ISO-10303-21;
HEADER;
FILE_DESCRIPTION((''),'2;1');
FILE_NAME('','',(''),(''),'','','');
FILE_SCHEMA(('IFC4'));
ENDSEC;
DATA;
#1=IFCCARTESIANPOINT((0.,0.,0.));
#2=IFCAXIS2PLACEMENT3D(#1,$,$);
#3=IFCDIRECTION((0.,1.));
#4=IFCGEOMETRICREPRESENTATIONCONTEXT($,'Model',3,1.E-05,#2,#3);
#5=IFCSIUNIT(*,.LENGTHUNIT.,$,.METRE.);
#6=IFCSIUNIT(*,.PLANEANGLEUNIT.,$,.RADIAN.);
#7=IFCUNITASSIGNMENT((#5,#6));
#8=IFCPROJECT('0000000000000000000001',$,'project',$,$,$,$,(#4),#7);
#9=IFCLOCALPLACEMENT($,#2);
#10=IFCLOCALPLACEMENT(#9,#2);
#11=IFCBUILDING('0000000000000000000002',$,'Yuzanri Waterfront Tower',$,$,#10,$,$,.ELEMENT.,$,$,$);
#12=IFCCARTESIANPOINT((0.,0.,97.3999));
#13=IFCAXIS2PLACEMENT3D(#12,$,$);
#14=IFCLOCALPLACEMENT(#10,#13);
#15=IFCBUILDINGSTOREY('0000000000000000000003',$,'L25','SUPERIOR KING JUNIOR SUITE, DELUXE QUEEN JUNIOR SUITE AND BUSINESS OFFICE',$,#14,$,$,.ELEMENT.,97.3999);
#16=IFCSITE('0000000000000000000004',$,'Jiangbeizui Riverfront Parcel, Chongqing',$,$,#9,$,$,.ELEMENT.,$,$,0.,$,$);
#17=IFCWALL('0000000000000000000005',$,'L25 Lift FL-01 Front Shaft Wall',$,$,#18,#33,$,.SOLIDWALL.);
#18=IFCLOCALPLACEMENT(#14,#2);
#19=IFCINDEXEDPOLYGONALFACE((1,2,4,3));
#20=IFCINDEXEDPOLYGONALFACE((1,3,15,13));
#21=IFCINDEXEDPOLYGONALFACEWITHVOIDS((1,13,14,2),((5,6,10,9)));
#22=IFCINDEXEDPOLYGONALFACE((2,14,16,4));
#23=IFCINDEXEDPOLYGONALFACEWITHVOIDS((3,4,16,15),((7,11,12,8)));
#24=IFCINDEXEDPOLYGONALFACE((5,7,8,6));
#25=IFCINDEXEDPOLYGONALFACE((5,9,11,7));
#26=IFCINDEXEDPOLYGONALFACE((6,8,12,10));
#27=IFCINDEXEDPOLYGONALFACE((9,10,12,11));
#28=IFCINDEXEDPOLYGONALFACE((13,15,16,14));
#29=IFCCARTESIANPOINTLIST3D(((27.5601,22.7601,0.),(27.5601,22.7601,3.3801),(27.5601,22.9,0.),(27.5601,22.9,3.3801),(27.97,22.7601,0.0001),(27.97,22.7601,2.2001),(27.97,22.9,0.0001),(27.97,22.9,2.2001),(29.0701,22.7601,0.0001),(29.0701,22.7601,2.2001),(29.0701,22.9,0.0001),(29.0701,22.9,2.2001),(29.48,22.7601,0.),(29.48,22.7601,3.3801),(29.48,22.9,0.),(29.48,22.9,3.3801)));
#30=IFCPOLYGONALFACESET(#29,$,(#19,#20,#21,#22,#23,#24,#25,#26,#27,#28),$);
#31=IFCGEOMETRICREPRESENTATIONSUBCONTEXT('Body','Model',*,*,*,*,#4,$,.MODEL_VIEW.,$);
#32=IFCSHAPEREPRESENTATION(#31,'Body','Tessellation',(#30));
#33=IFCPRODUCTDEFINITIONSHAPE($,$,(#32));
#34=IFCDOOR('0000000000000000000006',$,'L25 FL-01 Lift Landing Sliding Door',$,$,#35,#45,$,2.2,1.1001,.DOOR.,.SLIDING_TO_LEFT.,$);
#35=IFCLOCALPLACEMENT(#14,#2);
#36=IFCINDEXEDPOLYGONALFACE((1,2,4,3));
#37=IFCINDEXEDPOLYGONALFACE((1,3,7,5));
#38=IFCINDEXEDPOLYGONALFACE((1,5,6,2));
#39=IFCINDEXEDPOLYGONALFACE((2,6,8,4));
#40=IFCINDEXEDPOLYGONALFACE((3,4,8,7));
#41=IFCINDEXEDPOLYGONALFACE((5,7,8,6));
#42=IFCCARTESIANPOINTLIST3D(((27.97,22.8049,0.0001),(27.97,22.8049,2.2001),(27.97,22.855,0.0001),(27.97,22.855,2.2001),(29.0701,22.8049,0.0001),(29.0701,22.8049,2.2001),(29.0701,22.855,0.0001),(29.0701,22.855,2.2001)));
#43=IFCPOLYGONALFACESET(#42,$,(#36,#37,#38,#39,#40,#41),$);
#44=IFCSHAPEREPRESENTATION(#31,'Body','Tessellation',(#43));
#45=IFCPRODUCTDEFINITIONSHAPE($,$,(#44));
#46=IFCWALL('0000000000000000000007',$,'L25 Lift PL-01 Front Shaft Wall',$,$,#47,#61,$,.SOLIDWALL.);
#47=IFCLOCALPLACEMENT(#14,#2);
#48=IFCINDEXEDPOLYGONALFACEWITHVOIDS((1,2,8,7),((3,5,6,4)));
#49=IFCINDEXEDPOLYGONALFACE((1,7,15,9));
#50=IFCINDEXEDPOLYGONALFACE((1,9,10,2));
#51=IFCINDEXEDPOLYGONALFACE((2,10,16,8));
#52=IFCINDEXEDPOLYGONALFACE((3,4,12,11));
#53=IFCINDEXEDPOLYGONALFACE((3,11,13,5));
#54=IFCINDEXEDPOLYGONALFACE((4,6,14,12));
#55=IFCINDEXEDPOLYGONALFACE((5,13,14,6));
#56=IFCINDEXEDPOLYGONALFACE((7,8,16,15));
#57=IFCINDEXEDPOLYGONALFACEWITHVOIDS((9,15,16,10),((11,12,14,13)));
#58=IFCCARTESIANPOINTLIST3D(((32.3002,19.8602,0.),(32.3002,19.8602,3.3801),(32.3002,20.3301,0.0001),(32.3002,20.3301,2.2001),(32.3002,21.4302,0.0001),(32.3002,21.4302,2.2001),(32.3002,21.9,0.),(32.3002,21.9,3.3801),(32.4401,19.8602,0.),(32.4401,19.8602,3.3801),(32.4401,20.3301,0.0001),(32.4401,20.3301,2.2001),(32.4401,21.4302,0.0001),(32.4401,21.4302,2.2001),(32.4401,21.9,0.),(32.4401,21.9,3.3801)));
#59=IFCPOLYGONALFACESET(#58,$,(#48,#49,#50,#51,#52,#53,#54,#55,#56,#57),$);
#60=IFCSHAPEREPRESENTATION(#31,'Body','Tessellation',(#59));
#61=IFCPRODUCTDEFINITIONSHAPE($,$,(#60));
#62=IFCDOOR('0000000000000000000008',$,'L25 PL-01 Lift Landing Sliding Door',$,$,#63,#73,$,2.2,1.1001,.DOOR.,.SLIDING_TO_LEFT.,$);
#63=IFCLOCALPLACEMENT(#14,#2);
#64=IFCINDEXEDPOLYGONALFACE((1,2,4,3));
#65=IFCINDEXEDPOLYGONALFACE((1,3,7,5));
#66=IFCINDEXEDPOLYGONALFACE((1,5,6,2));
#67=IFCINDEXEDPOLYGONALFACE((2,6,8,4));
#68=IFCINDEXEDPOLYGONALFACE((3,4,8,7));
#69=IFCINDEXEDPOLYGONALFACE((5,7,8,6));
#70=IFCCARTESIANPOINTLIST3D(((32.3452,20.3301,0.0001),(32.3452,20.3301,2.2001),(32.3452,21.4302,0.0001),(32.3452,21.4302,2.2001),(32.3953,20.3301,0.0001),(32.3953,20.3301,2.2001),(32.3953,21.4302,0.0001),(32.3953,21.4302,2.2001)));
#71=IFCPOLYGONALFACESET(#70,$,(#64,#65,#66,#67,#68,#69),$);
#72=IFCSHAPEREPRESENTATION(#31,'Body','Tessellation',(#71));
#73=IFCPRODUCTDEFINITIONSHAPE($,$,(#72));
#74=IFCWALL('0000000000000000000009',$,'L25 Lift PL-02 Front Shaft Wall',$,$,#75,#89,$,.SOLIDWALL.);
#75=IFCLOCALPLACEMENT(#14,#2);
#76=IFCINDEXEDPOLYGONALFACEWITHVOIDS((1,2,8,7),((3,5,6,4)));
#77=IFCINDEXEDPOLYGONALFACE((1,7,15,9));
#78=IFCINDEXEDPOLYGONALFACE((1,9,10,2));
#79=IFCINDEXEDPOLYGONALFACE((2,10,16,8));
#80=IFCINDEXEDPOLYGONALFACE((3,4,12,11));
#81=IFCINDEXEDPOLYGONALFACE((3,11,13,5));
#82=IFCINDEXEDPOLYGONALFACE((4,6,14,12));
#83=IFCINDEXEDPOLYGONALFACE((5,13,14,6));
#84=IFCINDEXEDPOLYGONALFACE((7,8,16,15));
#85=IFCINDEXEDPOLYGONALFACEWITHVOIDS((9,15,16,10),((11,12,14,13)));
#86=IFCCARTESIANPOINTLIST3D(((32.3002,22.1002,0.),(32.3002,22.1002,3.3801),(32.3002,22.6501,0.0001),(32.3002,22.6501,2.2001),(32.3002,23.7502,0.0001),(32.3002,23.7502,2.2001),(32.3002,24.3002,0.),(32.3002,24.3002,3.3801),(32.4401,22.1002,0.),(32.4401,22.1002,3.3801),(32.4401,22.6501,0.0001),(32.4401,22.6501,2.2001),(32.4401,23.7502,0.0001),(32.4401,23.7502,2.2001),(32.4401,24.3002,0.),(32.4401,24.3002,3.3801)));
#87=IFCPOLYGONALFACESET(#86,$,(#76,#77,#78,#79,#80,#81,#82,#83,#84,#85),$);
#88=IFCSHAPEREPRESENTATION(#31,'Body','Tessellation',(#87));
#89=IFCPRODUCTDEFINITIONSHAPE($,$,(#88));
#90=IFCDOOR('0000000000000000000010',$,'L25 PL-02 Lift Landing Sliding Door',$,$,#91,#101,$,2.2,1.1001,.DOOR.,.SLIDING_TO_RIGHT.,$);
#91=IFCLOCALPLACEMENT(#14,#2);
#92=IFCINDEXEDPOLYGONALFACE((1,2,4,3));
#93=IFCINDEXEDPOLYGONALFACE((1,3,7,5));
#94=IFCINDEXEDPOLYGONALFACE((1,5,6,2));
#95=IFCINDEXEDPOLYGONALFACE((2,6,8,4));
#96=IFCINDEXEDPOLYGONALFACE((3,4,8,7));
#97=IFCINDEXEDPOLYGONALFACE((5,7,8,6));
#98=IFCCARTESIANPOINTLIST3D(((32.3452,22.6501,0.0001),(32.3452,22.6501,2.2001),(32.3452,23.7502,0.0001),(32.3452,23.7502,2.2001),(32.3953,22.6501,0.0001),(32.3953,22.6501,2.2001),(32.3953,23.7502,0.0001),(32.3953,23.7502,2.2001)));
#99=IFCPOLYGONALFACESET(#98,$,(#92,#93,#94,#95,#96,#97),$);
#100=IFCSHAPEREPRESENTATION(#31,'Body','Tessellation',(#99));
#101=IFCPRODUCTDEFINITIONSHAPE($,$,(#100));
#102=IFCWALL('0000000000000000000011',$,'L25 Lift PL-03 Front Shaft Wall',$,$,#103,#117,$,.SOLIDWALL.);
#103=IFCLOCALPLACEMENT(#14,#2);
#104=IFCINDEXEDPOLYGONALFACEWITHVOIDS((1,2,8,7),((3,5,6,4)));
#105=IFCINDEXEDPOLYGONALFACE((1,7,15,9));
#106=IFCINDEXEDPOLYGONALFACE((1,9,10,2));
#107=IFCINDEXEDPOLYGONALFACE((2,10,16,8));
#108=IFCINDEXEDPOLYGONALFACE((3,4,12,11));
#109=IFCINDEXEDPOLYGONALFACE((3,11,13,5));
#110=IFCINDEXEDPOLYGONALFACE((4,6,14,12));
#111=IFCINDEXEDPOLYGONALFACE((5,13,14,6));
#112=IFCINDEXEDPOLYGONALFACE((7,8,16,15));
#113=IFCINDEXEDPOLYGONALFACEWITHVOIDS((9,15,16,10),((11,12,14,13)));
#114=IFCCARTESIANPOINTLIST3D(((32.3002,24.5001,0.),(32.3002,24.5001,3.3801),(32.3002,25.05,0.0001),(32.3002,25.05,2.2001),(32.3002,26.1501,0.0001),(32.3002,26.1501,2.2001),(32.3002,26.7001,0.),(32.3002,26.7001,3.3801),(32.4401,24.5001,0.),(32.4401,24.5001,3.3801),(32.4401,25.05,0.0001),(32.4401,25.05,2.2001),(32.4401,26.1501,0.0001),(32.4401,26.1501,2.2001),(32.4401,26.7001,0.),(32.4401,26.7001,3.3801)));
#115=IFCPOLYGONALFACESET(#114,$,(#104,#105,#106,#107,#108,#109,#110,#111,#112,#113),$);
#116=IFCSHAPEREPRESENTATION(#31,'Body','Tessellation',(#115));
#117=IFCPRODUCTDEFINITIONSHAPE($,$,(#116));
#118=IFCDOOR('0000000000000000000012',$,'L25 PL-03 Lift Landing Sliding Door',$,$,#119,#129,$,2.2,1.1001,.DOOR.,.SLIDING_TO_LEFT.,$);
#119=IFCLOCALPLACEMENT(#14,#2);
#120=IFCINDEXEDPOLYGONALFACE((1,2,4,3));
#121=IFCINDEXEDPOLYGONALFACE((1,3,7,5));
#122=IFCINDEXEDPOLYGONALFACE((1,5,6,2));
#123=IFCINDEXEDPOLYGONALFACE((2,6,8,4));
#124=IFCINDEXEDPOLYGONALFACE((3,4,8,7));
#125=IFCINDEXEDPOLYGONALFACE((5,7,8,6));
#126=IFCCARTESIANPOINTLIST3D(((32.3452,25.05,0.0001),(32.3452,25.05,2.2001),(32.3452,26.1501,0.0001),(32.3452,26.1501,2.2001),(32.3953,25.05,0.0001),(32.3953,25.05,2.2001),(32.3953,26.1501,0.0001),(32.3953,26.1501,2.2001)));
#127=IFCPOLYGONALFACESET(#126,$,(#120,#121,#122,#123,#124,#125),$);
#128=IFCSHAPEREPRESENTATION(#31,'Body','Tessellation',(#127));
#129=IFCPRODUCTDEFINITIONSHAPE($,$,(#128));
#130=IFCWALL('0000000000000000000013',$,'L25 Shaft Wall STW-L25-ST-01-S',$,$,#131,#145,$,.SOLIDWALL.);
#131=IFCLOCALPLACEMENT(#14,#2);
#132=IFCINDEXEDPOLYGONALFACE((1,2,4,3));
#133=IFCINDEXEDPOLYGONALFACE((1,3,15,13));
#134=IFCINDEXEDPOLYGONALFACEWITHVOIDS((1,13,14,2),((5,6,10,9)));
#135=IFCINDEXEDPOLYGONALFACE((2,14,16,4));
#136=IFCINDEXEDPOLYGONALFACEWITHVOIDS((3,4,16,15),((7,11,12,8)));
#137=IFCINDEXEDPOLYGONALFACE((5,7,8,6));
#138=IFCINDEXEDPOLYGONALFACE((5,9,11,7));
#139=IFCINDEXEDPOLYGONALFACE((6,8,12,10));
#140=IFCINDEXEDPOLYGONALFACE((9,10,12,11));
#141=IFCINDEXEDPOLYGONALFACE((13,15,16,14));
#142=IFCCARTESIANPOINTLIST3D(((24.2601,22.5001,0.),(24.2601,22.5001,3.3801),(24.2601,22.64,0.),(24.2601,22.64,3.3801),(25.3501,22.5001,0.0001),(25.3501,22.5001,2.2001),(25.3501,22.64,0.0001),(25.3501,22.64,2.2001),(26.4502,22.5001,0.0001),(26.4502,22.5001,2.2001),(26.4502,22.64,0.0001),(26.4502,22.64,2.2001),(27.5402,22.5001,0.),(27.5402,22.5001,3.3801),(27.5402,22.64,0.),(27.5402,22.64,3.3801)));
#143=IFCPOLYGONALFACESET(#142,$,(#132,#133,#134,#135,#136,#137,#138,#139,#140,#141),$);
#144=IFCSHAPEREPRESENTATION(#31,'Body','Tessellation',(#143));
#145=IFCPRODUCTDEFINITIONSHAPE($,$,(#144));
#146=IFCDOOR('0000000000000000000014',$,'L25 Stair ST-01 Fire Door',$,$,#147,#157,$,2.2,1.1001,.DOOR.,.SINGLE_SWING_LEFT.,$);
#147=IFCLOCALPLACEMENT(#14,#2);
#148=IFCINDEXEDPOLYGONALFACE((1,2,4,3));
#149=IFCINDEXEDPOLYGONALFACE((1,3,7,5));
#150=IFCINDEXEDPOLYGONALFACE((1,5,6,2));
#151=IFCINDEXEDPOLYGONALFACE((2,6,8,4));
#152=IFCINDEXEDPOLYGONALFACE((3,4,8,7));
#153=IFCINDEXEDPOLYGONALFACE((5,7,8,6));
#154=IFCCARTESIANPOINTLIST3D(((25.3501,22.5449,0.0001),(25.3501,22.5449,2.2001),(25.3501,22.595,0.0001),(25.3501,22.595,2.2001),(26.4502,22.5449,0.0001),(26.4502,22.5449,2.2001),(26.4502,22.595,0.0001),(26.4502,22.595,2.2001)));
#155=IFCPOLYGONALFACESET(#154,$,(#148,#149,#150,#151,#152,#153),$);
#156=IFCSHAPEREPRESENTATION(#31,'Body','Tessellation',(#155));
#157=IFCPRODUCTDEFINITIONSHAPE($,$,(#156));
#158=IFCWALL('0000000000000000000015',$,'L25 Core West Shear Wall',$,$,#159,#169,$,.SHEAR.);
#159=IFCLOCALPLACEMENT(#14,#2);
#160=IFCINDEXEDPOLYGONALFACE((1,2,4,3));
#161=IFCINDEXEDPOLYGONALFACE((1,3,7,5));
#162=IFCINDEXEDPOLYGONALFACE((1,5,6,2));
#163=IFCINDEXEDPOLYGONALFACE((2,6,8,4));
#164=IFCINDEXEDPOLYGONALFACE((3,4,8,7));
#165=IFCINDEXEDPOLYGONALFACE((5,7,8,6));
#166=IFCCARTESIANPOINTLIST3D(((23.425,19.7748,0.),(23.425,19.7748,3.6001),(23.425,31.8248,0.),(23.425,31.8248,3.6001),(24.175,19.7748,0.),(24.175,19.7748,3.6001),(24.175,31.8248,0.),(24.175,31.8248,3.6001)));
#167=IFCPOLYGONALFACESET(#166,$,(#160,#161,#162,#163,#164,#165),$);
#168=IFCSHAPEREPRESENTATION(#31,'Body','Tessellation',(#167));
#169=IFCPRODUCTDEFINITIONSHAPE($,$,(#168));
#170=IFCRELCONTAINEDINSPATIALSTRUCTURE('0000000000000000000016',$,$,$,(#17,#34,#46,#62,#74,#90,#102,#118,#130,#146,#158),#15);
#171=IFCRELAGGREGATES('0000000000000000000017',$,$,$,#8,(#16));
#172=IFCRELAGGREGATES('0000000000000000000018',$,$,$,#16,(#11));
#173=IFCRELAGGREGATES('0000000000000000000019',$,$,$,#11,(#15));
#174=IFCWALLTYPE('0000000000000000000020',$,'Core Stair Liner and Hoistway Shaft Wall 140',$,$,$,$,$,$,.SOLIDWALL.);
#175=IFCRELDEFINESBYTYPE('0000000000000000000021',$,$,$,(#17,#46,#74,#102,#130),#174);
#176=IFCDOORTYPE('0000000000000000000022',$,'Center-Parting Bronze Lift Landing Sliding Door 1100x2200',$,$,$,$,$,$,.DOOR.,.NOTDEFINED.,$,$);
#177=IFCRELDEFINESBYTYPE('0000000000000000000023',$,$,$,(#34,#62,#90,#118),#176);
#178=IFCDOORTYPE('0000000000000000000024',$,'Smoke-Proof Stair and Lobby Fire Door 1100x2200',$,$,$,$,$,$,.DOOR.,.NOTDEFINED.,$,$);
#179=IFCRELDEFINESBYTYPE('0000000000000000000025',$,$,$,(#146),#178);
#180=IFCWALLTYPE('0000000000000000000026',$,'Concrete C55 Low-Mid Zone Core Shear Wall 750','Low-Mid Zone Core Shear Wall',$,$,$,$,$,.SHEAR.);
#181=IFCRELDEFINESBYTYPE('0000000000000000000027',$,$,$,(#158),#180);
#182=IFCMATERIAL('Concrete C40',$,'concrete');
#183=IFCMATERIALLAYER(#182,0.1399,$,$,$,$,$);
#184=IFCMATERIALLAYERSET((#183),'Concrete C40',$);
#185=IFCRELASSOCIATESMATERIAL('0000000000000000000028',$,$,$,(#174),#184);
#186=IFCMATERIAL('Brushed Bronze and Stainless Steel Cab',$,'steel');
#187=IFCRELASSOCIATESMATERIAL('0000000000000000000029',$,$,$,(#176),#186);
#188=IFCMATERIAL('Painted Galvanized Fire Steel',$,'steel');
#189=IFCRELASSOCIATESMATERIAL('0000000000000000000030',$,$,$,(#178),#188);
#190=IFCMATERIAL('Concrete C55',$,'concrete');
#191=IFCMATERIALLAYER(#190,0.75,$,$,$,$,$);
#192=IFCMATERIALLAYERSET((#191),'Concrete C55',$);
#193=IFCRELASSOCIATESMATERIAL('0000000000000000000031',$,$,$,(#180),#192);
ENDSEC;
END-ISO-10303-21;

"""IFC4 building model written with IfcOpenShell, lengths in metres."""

from ifc_helpers import new_model, si_unit, direction, frame, frame_2d, origin, place, context, subcontext, project, spatial, rectangle, extrude, source, transform, mapped, material, layer, layer_set, type_object, element, fill, save


model = new_model("IFC4")

# Units and contexts
model_context = context("Model", 3, precision=1e-05, world=origin(), true_north=direction((0.0, 1.0)))
body_context = subcontext(model_context, "Body", "Model", "MODEL_VIEW")
ifc_project = project(units=[si_unit("LENGTHUNIT", "METRE"), si_unit("PLANEANGLEUNIT", "RADIAN")], contexts=[model_context])

# Site, building, storey
site_placement = place(None, origin())
site = spatial("IfcSite", under=ifc_project, at=site_placement, Name="Jiangbeizui Riverfront Parcel, Chongqing", CompositionType="ELEMENT", RefElevation=0.0)
building_placement = place(site_placement, origin())
building = spatial("IfcBuilding", under=site, at=building_placement, Name="Yuzanri Waterfront Tower", CompositionType="ELEMENT")
storey_placement = place(building_placement, frame((0.0, 0.0, 97.3999)))
storey = spatial("IfcBuildingStorey", under=building, at=storey_placement, Name="L25", Description="SUPERIOR KING JUNIOR SUITE, DELUXE QUEEN JUNIOR SUITE AND BUSINESS OFFICE", CompositionType="ELEMENT", Elevation=97.3999)

# Walls, openings, doors
ifc_material_1 = material(Name="Concrete C40", Category="concrete")
ifc_layer_1 = layer(ifc_material_1, 0.1399)
ifc_layer_set_1 = layer_set([ifc_layer_1], Name="Concrete C40")
wall_type_1 = type_object("IfcWallType", Name="Core Stair Liner and Hoistway Shaft Wall 140", PredefinedType="SOLIDWALL", material=ifc_layer_set_1)
wall_1_placement = place(storey_placement, frame((27.5601, 22.8301, 0.0), z_axis=(0.0, 0.0, 1.0), x_axis=(1.0, 0.0, 0.0)))
wall_1 = element("IfcWall", 1, at=wall_1_placement, inside=storey, type_object=wall_type_1, Name="L25 Lift FL-01 Front Shaft Wall", PredefinedType="SOLIDWALL", context=body_context, shape_type="SweptSolid", body=[
    extrude(rectangle(XDim=1.9199, YDim=0.1399, at=frame_2d((0.96, 0.0))), origin(), (0.0, 0.0, 1.0), 3.3801),
])
opening_1_placement = place(wall_1_placement, frame((0.4099, 0.0, 0.0)))
opening_1 = element("IfcOpeningElement", 2, at=opening_1_placement, cuts=wall_1, PredefinedType="OPENING", context=body_context, shape_type="SweptSolid", body=[
    extrude(rectangle(XDim=1.1001, YDim=2.2, at=frame_2d((0.55, 1.1001))), frame((0.0, 0.085, 0.0), z_axis=(0.0, -1.0, 0.0), x_axis=(1.0, 0.0, 0.0)), (0.0, 0.0, 1.0), 0.1697),
])
ifc_material_2 = material(Name="Brushed Bronze and Stainless Steel Cab", Category="steel")
door_type_1 = type_object("IfcDoorType", Name="Center-Parting Bronze Lift Landing Sliding Door 1100x2200", OperationType="NOTDEFINED", PredefinedType="DOOR", material=ifc_material_2)
shared_shape_1 = source(origin(), body_context, "Body", "SweptSolid", [
    extrude(rectangle(XDim=1.1001, YDim=2.2, at=frame_2d((0.55, 1.1001))), frame((0.0, 0.0249, 0.0), z_axis=(0.0, -1.0, 0.0), x_axis=(1.0, 0.0, 0.0)), (0.0, 0.0, 1.0), 0.05),
])
door_1_placement = place(opening_1_placement, origin())
door_1 = element("IfcDoor", 3, at=door_1_placement, inside=storey, type_object=door_type_1, Name="L25 FL-01 Lift Landing Sliding Door", OperationType="SLIDING_TO_LEFT", OverallHeight=2.2, OverallWidth=1.1001, PredefinedType="DOOR", context=body_context, shape_type="MappedRepresentation", body=[
    mapped(shared_shape_1, transform((0.0, 0.0, 0.0), scale=1.0)),
])
fill(opening_1, door_1)
wall_2_placement = place(storey_placement, frame((32.3701, 19.8601, 0.0), z_axis=(0.0, 0.0, 1.0), x_axis=(0.0, 1.0, 0.0)))
wall_2 = element("IfcWall", 4, at=wall_2_placement, inside=storey, type_object=wall_type_1, Name="L25 Lift PL-01 Front Shaft Wall", PredefinedType="SOLIDWALL", context=body_context, shape_type="SweptSolid", body=[
    extrude(rectangle(XDim=2.0398, YDim=0.1399, at=frame_2d((1.02, 0.0))), origin(), (0.0, 0.0, 1.0), 3.3801),
])
opening_2_placement = place(wall_2_placement, frame((0.47, 0.0, 0.0)))
opening_2 = element("IfcOpeningElement", 5, at=opening_2_placement, cuts=wall_2, PredefinedType="OPENING", context=body_context, shape_type="SweptSolid", body=[
    extrude(rectangle(XDim=1.1001, YDim=2.2, at=frame_2d((0.55, 1.1001))), frame((0.0, 0.085, 0.0), z_axis=(0.0, -1.0, 0.0), x_axis=(1.0, 0.0, 0.0)), (0.0, 0.0, 1.0), 0.1697),
])
door_2_placement = place(opening_2_placement, origin())
door_2 = element("IfcDoor", 6, at=door_2_placement, inside=storey, type_object=door_type_1, Name="L25 PL-01 Lift Landing Sliding Door", OperationType="SLIDING_TO_LEFT", OverallHeight=2.2, OverallWidth=1.1001, PredefinedType="DOOR", context=body_context, shape_type="MappedRepresentation", body=[
    mapped(shared_shape_1, transform((0.0, 0.0, 0.0), scale=1.0)),
])
fill(opening_2, door_2)
wall_3_placement = place(storey_placement, frame((32.3701, 22.1001, 0.0), z_axis=(0.0, 0.0, 1.0), x_axis=(0.0, 1.0, 0.0)))
wall_3 = element("IfcWall", 7, at=wall_3_placement, inside=storey, type_object=wall_type_1, Name="L25 Lift PL-02 Front Shaft Wall", PredefinedType="SOLIDWALL", context=body_context, shape_type="SweptSolid", body=[
    extrude(rectangle(XDim=2.2, YDim=0.1399, at=frame_2d((1.1001, 0.0))), origin(), (0.0, 0.0, 1.0), 3.3801),
])
opening_3_placement = place(wall_3_placement, frame((0.55, 0.0, 0.0)))
opening_3 = element("IfcOpeningElement", 8, at=opening_3_placement, cuts=wall_3, PredefinedType="OPENING", context=body_context, shape_type="SweptSolid", body=[
    extrude(rectangle(XDim=1.1001, YDim=2.2, at=frame_2d((0.55, 1.1001))), frame((0.0, 0.085, 0.0), z_axis=(0.0, -1.0, 0.0), x_axis=(1.0, 0.0, 0.0)), (0.0, 0.0, 1.0), 0.1697),
])
door_3_placement = place(opening_3_placement, origin())
door_3 = element("IfcDoor", 9, at=door_3_placement, inside=storey, type_object=door_type_1, Name="L25 PL-02 Lift Landing Sliding Door", OperationType="SLIDING_TO_RIGHT", OverallHeight=2.2, OverallWidth=1.1001, PredefinedType="DOOR", context=body_context, shape_type="MappedRepresentation", body=[
    mapped(shared_shape_1, transform((0.0, 0.0, 0.0), scale=1.0)),
])
fill(opening_3, door_3)
wall_4_placement = place(storey_placement, frame((32.3701, 24.5, 0.0), z_axis=(0.0, 0.0, 1.0), x_axis=(0.0, 1.0, 0.0)))
wall_4 = element("IfcWall", 10, at=wall_4_placement, inside=storey, type_object=wall_type_1, Name="L25 Lift PL-03 Front Shaft Wall", PredefinedType="SOLIDWALL", context=body_context, shape_type="SweptSolid", body=[
    extrude(rectangle(XDim=2.2, YDim=0.1399, at=frame_2d((1.1001, 0.0))), origin(), (0.0, 0.0, 1.0), 3.3801),
])
opening_4_placement = place(wall_4_placement, frame((0.55, 0.0, 0.0)))
opening_4 = element("IfcOpeningElement", 11, at=opening_4_placement, cuts=wall_4, PredefinedType="OPENING", context=body_context, shape_type="SweptSolid", body=[
    extrude(rectangle(XDim=1.1001, YDim=2.2, at=frame_2d((0.55, 1.1001))), frame((0.0, 0.085, 0.0), z_axis=(0.0, -1.0, 0.0), x_axis=(1.0, 0.0, 0.0)), (0.0, 0.0, 1.0), 0.1697),
])
door_4_placement = place(opening_4_placement, origin())
door_4 = element("IfcDoor", 12, at=door_4_placement, inside=storey, type_object=door_type_1, Name="L25 PL-03 Lift Landing Sliding Door", OperationType="SLIDING_TO_LEFT", OverallHeight=2.2, OverallWidth=1.1001, PredefinedType="DOOR", context=body_context, shape_type="MappedRepresentation", body=[
    mapped(shared_shape_1, transform((0.0, 0.0, 0.0), scale=1.0)),
])
fill(opening_4, door_4)
wall_5_placement = place(storey_placement, frame((24.26, 22.5701, 0.0), z_axis=(0.0, 0.0, 1.0), x_axis=(1.0, 0.0, 0.0)))
wall_5 = element("IfcWall", 13, at=wall_5_placement, inside=storey, type_object=wall_type_1, Name="L25 Shaft Wall STW-L25-ST-01-S", PredefinedType="SOLIDWALL", context=body_context, shape_type="SweptSolid", body=[
    extrude(rectangle(XDim=3.28, YDim=0.1399, at=frame_2d((1.6401, 0.0))), origin(), (0.0, 0.0, 1.0), 3.3801),
])
opening_5_placement = place(wall_5_placement, frame((1.0901, 0.0, 0.0)))
opening_5 = element("IfcOpeningElement", 14, at=opening_5_placement, cuts=wall_5, PredefinedType="OPENING", context=body_context, shape_type="SweptSolid", body=[
    extrude(rectangle(XDim=1.1001, YDim=2.2, at=frame_2d((0.55, 1.1001))), frame((0.0, 0.085, 0.0), z_axis=(0.0, -1.0, 0.0), x_axis=(1.0, 0.0, 0.0)), (0.0, 0.0, 1.0), 0.1697),
])
ifc_material_3 = material(Name="Painted Galvanized Fire Steel", Category="steel")
door_type_2 = type_object("IfcDoorType", Name="Smoke-Proof Stair and Lobby Fire Door 1100x2200", OperationType="NOTDEFINED", PredefinedType="DOOR", material=ifc_material_3)
shared_shape_2 = source(origin(), body_context, "Body", "SweptSolid", [
    extrude(rectangle(XDim=1.1001, YDim=2.2, at=frame_2d((0.55, 1.1001))), frame((0.0, 0.0249, 0.0), z_axis=(0.0, -1.0, 0.0), x_axis=(1.0, 0.0, 0.0)), (0.0, 0.0, 1.0), 0.05),
])
door_5_placement = place(opening_5_placement, origin())
door_5 = element("IfcDoor", 15, at=door_5_placement, inside=storey, type_object=door_type_2, Name="L25 Stair ST-01 Fire Door", OperationType="SINGLE_SWING_LEFT", OverallHeight=2.2, OverallWidth=1.1001, PredefinedType="DOOR", context=body_context, shape_type="MappedRepresentation", body=[
    mapped(shared_shape_2, transform((0.0, 0.0, 0.0), scale=1.0)),
])
fill(opening_5, door_5)

# Wall
ifc_material_4 = material(Name="Concrete C55", Category="concrete")
ifc_layer_2 = layer(ifc_material_4, 0.75)
ifc_layer_set_2 = layer_set([ifc_layer_2], Name="Concrete C55")
wall_type_2 = type_object("IfcWallType", Name="Concrete C55 Low-Mid Zone Core Shear Wall 750", Description="Low-Mid Zone Core Shear Wall", PredefinedType="SHEAR", material=ifc_layer_set_2)
shared_shape_3 = source(origin(), body_context, "Body", "SweptSolid", [
    extrude(rectangle(XDim=12.05, YDim=0.75, at=frame_2d((6.0249, 0.0))), origin(), (0.0, 0.0, 1.0), 3.6001),
])
wall_6_placement = place(storey_placement, frame((23.8, 19.7749, 0.0), z_axis=(0.0, 0.0, 1.0), x_axis=(0.0, 1.0, 0.0)))
element("IfcWall", 16, at=wall_6_placement, inside=storey, type_object=wall_type_2, Name="L25 Core West Shear Wall", PredefinedType="SHEAR", context=body_context, shape_type="MappedRepresentation", body=[
    mapped(shared_shape_3, transform((0.0, 0.0, 0.0), scale=1.0)),
])

save(model, "model.ifc")
